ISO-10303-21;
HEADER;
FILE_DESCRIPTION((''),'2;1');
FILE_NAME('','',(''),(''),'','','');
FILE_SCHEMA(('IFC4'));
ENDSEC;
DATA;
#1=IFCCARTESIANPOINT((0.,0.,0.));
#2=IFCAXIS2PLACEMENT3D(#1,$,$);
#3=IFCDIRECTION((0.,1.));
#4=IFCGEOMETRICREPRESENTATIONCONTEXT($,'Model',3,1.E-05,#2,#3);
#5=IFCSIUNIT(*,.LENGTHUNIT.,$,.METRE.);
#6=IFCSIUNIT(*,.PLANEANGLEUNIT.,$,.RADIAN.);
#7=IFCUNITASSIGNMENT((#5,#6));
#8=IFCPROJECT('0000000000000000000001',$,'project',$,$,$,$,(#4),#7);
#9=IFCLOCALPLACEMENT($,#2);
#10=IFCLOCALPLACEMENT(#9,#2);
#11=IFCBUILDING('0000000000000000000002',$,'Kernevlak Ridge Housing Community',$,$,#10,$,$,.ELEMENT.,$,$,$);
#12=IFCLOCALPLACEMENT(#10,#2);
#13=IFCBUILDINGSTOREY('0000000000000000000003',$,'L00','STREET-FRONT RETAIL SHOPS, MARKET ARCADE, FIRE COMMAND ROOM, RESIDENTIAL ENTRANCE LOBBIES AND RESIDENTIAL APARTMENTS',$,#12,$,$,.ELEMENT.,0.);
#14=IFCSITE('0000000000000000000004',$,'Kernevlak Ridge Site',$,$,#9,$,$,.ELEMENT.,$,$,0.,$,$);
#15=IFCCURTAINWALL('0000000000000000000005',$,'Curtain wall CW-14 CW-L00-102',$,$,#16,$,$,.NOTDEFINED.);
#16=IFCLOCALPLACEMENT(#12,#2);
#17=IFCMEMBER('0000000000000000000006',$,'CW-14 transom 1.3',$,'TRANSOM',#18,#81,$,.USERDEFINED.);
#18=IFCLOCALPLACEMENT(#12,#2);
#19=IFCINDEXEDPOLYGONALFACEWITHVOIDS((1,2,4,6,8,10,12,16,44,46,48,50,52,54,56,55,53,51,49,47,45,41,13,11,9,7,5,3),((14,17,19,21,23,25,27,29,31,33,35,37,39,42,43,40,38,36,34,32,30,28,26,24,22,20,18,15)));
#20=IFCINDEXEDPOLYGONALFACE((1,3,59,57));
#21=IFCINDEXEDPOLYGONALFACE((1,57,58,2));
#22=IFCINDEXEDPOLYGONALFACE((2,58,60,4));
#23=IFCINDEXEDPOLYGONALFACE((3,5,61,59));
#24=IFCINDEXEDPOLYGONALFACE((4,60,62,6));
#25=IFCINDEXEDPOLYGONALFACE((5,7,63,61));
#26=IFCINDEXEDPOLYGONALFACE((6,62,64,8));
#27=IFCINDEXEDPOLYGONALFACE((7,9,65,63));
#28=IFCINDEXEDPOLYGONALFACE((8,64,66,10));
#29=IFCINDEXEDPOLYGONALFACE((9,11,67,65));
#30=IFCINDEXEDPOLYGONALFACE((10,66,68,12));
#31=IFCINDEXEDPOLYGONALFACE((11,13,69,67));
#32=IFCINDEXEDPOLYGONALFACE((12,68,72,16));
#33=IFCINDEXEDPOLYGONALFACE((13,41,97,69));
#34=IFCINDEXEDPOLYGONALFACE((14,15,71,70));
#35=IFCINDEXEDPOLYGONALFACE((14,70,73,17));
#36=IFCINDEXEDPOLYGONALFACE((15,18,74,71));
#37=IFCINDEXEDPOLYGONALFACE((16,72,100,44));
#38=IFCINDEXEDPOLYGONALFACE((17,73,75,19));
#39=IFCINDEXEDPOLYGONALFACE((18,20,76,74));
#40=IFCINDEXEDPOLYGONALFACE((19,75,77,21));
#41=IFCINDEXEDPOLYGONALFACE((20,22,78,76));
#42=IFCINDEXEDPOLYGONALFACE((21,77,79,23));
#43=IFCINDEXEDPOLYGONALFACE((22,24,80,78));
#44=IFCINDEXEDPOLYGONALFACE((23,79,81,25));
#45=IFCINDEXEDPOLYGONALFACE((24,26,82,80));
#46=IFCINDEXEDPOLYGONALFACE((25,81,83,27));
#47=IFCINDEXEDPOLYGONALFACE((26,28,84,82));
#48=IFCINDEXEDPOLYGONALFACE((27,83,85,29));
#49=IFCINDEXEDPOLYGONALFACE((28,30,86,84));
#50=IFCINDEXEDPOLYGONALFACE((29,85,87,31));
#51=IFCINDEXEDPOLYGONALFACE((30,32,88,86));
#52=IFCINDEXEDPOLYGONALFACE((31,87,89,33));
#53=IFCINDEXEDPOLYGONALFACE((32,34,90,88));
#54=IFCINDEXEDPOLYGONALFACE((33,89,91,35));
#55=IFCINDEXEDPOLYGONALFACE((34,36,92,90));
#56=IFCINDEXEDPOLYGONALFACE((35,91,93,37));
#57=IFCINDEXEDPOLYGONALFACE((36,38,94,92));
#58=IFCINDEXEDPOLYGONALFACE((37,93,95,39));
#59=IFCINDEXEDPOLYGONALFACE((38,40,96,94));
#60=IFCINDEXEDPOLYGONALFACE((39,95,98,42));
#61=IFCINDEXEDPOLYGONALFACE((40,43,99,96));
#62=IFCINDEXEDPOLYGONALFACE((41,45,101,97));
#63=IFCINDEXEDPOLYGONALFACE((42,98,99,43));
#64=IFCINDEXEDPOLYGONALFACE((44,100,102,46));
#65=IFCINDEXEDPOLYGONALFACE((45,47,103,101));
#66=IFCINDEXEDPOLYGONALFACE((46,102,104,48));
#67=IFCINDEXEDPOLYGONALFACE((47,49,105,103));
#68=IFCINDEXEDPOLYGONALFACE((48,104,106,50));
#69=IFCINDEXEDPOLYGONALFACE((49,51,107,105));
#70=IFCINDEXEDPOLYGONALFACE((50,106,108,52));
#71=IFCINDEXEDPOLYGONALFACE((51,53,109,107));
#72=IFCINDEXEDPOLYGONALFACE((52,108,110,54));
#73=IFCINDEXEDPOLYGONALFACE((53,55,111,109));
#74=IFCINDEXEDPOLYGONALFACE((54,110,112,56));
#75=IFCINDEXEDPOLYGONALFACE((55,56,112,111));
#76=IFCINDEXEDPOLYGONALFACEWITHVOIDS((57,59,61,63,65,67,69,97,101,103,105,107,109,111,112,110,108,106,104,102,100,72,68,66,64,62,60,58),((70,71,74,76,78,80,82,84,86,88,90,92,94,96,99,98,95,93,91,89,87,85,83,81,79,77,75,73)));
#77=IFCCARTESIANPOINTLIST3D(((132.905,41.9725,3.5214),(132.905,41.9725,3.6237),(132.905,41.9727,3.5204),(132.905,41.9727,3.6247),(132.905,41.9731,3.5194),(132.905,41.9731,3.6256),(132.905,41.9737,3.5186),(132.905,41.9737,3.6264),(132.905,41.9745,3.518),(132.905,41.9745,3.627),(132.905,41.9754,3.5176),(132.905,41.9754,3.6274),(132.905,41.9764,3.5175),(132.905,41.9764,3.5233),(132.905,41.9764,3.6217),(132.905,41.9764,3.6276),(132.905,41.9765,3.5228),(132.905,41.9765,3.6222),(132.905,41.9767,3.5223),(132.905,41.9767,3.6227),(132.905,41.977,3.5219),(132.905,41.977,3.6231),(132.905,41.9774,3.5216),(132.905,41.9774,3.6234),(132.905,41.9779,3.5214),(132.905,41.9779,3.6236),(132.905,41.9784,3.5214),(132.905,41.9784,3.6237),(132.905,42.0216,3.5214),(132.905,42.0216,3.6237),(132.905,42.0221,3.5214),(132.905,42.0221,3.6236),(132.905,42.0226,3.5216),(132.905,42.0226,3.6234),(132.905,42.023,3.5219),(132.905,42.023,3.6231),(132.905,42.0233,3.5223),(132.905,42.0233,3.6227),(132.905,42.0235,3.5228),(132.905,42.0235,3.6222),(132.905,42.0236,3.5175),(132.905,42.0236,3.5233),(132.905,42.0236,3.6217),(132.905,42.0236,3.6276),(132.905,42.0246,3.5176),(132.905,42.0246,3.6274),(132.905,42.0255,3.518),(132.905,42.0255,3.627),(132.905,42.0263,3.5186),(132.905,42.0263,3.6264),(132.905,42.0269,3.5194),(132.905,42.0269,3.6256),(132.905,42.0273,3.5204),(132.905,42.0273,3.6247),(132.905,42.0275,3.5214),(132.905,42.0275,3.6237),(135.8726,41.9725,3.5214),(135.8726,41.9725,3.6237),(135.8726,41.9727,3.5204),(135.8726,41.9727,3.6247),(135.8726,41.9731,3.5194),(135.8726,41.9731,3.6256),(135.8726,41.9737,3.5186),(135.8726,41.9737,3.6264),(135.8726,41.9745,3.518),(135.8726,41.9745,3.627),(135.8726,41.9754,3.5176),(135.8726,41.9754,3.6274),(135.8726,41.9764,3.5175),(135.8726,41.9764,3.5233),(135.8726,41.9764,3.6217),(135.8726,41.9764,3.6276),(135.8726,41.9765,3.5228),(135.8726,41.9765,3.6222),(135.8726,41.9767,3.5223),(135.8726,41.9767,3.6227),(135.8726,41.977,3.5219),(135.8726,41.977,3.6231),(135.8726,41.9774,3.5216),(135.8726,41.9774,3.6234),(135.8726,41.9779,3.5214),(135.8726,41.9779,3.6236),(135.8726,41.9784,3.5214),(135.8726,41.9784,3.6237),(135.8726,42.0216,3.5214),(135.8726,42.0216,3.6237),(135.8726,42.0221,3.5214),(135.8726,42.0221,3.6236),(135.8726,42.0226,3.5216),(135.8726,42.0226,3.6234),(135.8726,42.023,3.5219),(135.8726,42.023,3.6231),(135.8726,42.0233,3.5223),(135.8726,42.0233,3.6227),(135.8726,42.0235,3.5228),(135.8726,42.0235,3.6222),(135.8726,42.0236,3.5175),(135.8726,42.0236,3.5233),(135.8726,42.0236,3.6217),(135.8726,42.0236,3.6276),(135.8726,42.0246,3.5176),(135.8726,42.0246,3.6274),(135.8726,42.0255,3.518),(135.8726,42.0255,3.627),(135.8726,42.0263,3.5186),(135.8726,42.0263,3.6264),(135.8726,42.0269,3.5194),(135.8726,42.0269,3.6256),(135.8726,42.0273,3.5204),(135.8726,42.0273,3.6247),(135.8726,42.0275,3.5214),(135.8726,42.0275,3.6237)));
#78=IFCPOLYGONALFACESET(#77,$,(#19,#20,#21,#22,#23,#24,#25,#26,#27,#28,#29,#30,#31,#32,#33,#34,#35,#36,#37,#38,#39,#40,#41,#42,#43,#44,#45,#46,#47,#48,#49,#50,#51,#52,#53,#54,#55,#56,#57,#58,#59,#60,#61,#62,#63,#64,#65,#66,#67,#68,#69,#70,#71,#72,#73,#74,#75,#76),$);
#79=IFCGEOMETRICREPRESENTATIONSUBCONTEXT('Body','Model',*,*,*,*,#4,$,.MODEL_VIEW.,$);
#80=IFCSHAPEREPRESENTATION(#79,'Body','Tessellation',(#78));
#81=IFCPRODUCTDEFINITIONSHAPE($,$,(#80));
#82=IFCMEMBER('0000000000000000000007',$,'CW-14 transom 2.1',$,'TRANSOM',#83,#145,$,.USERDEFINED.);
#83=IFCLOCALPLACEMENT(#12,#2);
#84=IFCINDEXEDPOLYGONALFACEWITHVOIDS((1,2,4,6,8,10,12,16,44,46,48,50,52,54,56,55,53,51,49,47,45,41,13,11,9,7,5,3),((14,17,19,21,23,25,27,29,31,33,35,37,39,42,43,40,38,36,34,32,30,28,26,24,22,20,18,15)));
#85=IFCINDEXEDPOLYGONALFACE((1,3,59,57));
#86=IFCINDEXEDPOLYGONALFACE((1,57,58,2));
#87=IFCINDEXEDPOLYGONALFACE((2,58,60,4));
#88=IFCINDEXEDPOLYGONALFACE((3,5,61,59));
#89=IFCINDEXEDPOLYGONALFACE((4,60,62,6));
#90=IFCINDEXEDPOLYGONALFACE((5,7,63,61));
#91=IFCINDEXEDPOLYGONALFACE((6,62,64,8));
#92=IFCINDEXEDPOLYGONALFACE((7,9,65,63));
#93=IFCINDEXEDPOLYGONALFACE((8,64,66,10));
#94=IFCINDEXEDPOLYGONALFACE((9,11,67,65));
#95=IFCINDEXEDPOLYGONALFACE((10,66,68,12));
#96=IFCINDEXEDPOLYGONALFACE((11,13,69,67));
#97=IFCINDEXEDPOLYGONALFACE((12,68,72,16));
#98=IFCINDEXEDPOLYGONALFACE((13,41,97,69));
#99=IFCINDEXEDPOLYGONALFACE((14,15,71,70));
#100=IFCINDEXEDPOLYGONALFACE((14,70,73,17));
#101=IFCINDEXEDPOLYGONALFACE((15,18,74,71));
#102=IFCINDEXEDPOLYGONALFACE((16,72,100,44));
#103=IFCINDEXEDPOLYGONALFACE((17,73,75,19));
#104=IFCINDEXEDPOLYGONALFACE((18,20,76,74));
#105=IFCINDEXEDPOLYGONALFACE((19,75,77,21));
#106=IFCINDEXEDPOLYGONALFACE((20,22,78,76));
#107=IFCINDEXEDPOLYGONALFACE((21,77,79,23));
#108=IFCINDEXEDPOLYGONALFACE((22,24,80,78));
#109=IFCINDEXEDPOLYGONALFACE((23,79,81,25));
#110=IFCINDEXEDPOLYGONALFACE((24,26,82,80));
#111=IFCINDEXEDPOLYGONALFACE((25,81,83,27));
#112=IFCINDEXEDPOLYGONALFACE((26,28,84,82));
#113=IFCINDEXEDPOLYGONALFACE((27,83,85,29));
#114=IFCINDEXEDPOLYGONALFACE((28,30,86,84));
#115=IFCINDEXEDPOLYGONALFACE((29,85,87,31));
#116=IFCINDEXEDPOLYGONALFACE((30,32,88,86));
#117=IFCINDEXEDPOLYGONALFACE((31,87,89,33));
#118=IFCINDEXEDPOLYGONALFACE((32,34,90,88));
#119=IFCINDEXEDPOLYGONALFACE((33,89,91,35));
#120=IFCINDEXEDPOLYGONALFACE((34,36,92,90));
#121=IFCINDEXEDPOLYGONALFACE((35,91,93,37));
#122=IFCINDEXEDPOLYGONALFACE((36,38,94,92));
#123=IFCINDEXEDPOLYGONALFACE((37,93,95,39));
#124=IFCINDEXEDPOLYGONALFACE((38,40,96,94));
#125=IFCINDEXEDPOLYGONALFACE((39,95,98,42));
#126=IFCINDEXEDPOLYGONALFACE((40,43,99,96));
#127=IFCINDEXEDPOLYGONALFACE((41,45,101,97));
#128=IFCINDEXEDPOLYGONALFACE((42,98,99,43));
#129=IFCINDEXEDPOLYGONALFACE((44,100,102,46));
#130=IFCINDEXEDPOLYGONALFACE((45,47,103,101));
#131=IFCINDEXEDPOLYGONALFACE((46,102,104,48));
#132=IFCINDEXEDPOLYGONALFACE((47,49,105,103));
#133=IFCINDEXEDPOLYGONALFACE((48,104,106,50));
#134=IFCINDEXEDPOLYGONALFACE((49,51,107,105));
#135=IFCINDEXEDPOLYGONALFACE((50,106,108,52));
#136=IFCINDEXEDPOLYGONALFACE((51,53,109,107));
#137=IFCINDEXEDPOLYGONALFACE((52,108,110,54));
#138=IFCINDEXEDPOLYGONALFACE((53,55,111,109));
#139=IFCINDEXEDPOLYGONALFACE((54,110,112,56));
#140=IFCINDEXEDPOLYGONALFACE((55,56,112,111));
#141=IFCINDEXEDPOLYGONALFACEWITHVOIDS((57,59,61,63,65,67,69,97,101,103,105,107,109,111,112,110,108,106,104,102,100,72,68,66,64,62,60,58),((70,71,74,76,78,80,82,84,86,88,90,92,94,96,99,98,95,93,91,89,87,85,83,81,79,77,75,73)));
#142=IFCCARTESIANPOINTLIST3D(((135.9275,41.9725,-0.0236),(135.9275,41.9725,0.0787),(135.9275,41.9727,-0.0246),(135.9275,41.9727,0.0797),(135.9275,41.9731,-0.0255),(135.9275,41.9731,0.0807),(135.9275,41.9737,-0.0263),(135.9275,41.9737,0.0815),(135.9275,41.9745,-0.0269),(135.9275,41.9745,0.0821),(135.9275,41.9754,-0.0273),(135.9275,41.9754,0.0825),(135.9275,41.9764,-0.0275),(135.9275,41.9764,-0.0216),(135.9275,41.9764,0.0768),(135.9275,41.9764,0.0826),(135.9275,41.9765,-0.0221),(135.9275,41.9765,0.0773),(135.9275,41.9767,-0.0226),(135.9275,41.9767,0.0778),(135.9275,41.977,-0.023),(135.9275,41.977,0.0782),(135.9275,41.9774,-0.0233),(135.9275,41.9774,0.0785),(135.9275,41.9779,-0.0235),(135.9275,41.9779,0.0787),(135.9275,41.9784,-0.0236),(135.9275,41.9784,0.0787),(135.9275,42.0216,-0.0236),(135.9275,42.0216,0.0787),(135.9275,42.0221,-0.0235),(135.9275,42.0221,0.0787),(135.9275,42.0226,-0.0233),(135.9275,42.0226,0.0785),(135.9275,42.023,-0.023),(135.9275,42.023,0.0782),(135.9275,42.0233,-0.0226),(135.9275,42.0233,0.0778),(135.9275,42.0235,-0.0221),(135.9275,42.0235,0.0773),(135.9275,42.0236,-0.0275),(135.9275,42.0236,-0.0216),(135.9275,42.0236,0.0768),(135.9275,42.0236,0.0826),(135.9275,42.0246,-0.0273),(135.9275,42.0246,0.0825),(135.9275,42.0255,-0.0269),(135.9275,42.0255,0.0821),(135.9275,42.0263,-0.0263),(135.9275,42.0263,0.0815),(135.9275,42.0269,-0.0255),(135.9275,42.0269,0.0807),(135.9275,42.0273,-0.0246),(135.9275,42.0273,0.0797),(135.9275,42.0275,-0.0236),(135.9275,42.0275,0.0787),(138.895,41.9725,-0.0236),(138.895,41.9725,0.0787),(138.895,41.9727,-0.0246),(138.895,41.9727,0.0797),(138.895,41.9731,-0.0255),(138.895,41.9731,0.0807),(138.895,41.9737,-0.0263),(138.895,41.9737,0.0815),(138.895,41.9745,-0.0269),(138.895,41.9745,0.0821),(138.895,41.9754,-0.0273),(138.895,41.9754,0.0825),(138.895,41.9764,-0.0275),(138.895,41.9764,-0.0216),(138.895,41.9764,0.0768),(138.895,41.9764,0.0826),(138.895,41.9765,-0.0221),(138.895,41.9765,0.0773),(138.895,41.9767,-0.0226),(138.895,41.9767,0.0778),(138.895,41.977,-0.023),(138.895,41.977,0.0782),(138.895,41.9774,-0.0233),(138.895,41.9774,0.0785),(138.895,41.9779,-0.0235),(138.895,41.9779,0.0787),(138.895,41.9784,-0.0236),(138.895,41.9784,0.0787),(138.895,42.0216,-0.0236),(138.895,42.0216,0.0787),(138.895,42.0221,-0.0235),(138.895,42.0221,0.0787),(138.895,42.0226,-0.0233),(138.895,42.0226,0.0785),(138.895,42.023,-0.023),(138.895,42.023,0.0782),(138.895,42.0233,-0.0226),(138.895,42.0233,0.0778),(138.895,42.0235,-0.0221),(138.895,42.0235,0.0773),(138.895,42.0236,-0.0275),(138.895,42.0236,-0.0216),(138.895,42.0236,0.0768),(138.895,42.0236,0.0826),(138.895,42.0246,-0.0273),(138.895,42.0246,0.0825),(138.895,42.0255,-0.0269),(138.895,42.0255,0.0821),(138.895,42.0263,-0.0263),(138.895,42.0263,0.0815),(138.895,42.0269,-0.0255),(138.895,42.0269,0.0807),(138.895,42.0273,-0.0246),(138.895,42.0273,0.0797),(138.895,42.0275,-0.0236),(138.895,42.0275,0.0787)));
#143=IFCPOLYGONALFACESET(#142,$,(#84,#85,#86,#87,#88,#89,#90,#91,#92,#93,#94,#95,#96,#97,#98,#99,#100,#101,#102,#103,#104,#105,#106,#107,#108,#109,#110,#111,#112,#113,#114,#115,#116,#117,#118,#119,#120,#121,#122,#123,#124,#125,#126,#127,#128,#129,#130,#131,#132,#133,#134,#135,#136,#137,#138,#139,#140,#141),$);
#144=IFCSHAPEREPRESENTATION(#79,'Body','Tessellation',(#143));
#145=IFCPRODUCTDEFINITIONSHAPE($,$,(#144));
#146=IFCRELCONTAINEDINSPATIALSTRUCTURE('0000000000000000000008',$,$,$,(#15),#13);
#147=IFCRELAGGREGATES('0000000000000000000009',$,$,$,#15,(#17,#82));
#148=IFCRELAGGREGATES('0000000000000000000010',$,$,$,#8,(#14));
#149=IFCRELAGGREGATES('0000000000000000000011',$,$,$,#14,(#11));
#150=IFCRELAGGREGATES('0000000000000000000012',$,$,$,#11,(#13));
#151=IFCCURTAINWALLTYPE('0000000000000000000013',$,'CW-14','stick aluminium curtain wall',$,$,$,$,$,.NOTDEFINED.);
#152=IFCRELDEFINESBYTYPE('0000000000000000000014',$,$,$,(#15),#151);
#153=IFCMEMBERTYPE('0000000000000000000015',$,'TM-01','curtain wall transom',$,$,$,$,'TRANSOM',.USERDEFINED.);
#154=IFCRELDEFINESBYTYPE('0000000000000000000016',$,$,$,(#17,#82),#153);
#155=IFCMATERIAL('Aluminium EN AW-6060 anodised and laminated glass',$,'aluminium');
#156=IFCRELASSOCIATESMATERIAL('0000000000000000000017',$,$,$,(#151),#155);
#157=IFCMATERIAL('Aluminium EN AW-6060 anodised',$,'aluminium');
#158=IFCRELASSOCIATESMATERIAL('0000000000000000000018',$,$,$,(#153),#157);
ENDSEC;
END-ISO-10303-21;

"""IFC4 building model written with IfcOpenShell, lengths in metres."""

from ifc_helpers import new_model, si_unit, direction, frame, origin, origin_2d, place, context, subcontext, project, spatial, hollow_rectangle, extrude, material, material_profile, profile_set, type_object, element, aggregate, save


model = new_model("IFC4")

# Units and contexts
model_context = context("Model", 3, precision=1e-05, world=origin(), true_north=direction((0.0, 1.0)))
body_context = subcontext(model_context, "Body", "Model", "MODEL_VIEW")
ifc_project = project(units=[si_unit("LENGTHUNIT", "METRE"), si_unit("PLANEANGLEUNIT", "RADIAN")], contexts=[model_context])

# Site, building, storey
site_placement = place(None, origin())
site = spatial("IfcSite", under=ifc_project, at=site_placement, Name="Kernevlak Ridge Site", CompositionType="ELEMENT", RefElevation=0.0)
building_placement = place(site_placement, origin())
building = spatial("IfcBuilding", under=site, at=building_placement, Name="Kernevlak Ridge Housing Community", CompositionType="ELEMENT")
storey_placement = place(building_placement, origin())
storey = spatial("IfcBuildingStorey", under=building, at=storey_placement, Name="L00", Description="STREET-FRONT RETAIL SHOPS, MARKET ARCADE, FIRE COMMAND ROOM, RESIDENTIAL ENTRANCE LOBBIES AND RESIDENTIAL APARTMENTS", CompositionType="ELEMENT", Elevation=0.0)

# Curtain wall
ifc_material_1 = material(Name="Aluminium EN AW-6060 anodised and laminated glass", Category="aluminium")
curtain_wall_type = type_object("IfcCurtainWallType", Name="CW-14", Description="stick aluminium curtain wall", PredefinedType="NOTDEFINED", material=ifc_material_1)
curtain_wall_placement = place(storey_placement, origin())
curtain_wall = element("IfcCurtainWall", 1, at=curtain_wall_placement, inside=storey, type_object=curtain_wall_type, Name="Curtain wall CW-14 CW-L00-102", PredefinedType="NOTDEFINED")
ifc_material_2 = material(Name="Aluminium EN AW-6060 anodised", Category="aluminium")

# Members
ifc_material_profile_1 = material_profile(ifc_material_2, hollow_rectangle(XDim=0.0549, YDim=0.1101, WallThickness=0.0039, InnerFilletRadius=0.002, OuterFilletRadius=0.0039, at=origin_2d()), Name="ALU 55x110x4")
ifc_profile_set_1 = profile_set([ifc_material_profile_1], Name="Aluminium EN AW-6060 anodised")
member_type_1 = type_object("IfcMemberType", Name="TM-01", Description="curtain wall transom", ElementType="TRANSOM", PredefinedType="USERDEFINED", material=ifc_profile_set_1)
member_1_placement = place(storey_placement, frame((132.905, 42.0, 3.5725), z_axis=(1.0, 0.0, 0.0), x_axis=(0.0, 1.0, 0.0)))
member_1 = element("IfcMember", 2, at=member_1_placement, type_object=member_type_1, Name="CW-14 transom 1.3", ObjectType="TRANSOM", PredefinedType="USERDEFINED", context=body_context, shape_type="SweptSolid", body=[
    extrude(hollow_rectangle(XDim=0.0549, YDim=0.1101, WallThickness=0.0039, InnerFilletRadius=0.002, OuterFilletRadius=0.0039, at=origin_2d()), origin(), (0.0, 0.0, 1.0), 2.9675),
])
member_2_placement = place(storey_placement, frame((135.9275, 42.0, 0.0276), z_axis=(1.0, 0.0, 0.0), x_axis=(0.0, 1.0, 0.0)))
member_2 = element("IfcMember", 3, at=member_2_placement, type_object=member_type_1, Name="CW-14 transom 2.1", ObjectType="TRANSOM", PredefinedType="USERDEFINED", context=body_context, shape_type="SweptSolid", body=[
    extrude(hollow_rectangle(XDim=0.0549, YDim=0.1101, WallThickness=0.0039, InnerFilletRadius=0.002, OuterFilletRadius=0.0039, at=origin_2d()), origin(), (0.0, 0.0, 1.0), 2.9675),
])

aggregate(curtain_wall, [member_1, member_2])

save(model, "model.ifc")
